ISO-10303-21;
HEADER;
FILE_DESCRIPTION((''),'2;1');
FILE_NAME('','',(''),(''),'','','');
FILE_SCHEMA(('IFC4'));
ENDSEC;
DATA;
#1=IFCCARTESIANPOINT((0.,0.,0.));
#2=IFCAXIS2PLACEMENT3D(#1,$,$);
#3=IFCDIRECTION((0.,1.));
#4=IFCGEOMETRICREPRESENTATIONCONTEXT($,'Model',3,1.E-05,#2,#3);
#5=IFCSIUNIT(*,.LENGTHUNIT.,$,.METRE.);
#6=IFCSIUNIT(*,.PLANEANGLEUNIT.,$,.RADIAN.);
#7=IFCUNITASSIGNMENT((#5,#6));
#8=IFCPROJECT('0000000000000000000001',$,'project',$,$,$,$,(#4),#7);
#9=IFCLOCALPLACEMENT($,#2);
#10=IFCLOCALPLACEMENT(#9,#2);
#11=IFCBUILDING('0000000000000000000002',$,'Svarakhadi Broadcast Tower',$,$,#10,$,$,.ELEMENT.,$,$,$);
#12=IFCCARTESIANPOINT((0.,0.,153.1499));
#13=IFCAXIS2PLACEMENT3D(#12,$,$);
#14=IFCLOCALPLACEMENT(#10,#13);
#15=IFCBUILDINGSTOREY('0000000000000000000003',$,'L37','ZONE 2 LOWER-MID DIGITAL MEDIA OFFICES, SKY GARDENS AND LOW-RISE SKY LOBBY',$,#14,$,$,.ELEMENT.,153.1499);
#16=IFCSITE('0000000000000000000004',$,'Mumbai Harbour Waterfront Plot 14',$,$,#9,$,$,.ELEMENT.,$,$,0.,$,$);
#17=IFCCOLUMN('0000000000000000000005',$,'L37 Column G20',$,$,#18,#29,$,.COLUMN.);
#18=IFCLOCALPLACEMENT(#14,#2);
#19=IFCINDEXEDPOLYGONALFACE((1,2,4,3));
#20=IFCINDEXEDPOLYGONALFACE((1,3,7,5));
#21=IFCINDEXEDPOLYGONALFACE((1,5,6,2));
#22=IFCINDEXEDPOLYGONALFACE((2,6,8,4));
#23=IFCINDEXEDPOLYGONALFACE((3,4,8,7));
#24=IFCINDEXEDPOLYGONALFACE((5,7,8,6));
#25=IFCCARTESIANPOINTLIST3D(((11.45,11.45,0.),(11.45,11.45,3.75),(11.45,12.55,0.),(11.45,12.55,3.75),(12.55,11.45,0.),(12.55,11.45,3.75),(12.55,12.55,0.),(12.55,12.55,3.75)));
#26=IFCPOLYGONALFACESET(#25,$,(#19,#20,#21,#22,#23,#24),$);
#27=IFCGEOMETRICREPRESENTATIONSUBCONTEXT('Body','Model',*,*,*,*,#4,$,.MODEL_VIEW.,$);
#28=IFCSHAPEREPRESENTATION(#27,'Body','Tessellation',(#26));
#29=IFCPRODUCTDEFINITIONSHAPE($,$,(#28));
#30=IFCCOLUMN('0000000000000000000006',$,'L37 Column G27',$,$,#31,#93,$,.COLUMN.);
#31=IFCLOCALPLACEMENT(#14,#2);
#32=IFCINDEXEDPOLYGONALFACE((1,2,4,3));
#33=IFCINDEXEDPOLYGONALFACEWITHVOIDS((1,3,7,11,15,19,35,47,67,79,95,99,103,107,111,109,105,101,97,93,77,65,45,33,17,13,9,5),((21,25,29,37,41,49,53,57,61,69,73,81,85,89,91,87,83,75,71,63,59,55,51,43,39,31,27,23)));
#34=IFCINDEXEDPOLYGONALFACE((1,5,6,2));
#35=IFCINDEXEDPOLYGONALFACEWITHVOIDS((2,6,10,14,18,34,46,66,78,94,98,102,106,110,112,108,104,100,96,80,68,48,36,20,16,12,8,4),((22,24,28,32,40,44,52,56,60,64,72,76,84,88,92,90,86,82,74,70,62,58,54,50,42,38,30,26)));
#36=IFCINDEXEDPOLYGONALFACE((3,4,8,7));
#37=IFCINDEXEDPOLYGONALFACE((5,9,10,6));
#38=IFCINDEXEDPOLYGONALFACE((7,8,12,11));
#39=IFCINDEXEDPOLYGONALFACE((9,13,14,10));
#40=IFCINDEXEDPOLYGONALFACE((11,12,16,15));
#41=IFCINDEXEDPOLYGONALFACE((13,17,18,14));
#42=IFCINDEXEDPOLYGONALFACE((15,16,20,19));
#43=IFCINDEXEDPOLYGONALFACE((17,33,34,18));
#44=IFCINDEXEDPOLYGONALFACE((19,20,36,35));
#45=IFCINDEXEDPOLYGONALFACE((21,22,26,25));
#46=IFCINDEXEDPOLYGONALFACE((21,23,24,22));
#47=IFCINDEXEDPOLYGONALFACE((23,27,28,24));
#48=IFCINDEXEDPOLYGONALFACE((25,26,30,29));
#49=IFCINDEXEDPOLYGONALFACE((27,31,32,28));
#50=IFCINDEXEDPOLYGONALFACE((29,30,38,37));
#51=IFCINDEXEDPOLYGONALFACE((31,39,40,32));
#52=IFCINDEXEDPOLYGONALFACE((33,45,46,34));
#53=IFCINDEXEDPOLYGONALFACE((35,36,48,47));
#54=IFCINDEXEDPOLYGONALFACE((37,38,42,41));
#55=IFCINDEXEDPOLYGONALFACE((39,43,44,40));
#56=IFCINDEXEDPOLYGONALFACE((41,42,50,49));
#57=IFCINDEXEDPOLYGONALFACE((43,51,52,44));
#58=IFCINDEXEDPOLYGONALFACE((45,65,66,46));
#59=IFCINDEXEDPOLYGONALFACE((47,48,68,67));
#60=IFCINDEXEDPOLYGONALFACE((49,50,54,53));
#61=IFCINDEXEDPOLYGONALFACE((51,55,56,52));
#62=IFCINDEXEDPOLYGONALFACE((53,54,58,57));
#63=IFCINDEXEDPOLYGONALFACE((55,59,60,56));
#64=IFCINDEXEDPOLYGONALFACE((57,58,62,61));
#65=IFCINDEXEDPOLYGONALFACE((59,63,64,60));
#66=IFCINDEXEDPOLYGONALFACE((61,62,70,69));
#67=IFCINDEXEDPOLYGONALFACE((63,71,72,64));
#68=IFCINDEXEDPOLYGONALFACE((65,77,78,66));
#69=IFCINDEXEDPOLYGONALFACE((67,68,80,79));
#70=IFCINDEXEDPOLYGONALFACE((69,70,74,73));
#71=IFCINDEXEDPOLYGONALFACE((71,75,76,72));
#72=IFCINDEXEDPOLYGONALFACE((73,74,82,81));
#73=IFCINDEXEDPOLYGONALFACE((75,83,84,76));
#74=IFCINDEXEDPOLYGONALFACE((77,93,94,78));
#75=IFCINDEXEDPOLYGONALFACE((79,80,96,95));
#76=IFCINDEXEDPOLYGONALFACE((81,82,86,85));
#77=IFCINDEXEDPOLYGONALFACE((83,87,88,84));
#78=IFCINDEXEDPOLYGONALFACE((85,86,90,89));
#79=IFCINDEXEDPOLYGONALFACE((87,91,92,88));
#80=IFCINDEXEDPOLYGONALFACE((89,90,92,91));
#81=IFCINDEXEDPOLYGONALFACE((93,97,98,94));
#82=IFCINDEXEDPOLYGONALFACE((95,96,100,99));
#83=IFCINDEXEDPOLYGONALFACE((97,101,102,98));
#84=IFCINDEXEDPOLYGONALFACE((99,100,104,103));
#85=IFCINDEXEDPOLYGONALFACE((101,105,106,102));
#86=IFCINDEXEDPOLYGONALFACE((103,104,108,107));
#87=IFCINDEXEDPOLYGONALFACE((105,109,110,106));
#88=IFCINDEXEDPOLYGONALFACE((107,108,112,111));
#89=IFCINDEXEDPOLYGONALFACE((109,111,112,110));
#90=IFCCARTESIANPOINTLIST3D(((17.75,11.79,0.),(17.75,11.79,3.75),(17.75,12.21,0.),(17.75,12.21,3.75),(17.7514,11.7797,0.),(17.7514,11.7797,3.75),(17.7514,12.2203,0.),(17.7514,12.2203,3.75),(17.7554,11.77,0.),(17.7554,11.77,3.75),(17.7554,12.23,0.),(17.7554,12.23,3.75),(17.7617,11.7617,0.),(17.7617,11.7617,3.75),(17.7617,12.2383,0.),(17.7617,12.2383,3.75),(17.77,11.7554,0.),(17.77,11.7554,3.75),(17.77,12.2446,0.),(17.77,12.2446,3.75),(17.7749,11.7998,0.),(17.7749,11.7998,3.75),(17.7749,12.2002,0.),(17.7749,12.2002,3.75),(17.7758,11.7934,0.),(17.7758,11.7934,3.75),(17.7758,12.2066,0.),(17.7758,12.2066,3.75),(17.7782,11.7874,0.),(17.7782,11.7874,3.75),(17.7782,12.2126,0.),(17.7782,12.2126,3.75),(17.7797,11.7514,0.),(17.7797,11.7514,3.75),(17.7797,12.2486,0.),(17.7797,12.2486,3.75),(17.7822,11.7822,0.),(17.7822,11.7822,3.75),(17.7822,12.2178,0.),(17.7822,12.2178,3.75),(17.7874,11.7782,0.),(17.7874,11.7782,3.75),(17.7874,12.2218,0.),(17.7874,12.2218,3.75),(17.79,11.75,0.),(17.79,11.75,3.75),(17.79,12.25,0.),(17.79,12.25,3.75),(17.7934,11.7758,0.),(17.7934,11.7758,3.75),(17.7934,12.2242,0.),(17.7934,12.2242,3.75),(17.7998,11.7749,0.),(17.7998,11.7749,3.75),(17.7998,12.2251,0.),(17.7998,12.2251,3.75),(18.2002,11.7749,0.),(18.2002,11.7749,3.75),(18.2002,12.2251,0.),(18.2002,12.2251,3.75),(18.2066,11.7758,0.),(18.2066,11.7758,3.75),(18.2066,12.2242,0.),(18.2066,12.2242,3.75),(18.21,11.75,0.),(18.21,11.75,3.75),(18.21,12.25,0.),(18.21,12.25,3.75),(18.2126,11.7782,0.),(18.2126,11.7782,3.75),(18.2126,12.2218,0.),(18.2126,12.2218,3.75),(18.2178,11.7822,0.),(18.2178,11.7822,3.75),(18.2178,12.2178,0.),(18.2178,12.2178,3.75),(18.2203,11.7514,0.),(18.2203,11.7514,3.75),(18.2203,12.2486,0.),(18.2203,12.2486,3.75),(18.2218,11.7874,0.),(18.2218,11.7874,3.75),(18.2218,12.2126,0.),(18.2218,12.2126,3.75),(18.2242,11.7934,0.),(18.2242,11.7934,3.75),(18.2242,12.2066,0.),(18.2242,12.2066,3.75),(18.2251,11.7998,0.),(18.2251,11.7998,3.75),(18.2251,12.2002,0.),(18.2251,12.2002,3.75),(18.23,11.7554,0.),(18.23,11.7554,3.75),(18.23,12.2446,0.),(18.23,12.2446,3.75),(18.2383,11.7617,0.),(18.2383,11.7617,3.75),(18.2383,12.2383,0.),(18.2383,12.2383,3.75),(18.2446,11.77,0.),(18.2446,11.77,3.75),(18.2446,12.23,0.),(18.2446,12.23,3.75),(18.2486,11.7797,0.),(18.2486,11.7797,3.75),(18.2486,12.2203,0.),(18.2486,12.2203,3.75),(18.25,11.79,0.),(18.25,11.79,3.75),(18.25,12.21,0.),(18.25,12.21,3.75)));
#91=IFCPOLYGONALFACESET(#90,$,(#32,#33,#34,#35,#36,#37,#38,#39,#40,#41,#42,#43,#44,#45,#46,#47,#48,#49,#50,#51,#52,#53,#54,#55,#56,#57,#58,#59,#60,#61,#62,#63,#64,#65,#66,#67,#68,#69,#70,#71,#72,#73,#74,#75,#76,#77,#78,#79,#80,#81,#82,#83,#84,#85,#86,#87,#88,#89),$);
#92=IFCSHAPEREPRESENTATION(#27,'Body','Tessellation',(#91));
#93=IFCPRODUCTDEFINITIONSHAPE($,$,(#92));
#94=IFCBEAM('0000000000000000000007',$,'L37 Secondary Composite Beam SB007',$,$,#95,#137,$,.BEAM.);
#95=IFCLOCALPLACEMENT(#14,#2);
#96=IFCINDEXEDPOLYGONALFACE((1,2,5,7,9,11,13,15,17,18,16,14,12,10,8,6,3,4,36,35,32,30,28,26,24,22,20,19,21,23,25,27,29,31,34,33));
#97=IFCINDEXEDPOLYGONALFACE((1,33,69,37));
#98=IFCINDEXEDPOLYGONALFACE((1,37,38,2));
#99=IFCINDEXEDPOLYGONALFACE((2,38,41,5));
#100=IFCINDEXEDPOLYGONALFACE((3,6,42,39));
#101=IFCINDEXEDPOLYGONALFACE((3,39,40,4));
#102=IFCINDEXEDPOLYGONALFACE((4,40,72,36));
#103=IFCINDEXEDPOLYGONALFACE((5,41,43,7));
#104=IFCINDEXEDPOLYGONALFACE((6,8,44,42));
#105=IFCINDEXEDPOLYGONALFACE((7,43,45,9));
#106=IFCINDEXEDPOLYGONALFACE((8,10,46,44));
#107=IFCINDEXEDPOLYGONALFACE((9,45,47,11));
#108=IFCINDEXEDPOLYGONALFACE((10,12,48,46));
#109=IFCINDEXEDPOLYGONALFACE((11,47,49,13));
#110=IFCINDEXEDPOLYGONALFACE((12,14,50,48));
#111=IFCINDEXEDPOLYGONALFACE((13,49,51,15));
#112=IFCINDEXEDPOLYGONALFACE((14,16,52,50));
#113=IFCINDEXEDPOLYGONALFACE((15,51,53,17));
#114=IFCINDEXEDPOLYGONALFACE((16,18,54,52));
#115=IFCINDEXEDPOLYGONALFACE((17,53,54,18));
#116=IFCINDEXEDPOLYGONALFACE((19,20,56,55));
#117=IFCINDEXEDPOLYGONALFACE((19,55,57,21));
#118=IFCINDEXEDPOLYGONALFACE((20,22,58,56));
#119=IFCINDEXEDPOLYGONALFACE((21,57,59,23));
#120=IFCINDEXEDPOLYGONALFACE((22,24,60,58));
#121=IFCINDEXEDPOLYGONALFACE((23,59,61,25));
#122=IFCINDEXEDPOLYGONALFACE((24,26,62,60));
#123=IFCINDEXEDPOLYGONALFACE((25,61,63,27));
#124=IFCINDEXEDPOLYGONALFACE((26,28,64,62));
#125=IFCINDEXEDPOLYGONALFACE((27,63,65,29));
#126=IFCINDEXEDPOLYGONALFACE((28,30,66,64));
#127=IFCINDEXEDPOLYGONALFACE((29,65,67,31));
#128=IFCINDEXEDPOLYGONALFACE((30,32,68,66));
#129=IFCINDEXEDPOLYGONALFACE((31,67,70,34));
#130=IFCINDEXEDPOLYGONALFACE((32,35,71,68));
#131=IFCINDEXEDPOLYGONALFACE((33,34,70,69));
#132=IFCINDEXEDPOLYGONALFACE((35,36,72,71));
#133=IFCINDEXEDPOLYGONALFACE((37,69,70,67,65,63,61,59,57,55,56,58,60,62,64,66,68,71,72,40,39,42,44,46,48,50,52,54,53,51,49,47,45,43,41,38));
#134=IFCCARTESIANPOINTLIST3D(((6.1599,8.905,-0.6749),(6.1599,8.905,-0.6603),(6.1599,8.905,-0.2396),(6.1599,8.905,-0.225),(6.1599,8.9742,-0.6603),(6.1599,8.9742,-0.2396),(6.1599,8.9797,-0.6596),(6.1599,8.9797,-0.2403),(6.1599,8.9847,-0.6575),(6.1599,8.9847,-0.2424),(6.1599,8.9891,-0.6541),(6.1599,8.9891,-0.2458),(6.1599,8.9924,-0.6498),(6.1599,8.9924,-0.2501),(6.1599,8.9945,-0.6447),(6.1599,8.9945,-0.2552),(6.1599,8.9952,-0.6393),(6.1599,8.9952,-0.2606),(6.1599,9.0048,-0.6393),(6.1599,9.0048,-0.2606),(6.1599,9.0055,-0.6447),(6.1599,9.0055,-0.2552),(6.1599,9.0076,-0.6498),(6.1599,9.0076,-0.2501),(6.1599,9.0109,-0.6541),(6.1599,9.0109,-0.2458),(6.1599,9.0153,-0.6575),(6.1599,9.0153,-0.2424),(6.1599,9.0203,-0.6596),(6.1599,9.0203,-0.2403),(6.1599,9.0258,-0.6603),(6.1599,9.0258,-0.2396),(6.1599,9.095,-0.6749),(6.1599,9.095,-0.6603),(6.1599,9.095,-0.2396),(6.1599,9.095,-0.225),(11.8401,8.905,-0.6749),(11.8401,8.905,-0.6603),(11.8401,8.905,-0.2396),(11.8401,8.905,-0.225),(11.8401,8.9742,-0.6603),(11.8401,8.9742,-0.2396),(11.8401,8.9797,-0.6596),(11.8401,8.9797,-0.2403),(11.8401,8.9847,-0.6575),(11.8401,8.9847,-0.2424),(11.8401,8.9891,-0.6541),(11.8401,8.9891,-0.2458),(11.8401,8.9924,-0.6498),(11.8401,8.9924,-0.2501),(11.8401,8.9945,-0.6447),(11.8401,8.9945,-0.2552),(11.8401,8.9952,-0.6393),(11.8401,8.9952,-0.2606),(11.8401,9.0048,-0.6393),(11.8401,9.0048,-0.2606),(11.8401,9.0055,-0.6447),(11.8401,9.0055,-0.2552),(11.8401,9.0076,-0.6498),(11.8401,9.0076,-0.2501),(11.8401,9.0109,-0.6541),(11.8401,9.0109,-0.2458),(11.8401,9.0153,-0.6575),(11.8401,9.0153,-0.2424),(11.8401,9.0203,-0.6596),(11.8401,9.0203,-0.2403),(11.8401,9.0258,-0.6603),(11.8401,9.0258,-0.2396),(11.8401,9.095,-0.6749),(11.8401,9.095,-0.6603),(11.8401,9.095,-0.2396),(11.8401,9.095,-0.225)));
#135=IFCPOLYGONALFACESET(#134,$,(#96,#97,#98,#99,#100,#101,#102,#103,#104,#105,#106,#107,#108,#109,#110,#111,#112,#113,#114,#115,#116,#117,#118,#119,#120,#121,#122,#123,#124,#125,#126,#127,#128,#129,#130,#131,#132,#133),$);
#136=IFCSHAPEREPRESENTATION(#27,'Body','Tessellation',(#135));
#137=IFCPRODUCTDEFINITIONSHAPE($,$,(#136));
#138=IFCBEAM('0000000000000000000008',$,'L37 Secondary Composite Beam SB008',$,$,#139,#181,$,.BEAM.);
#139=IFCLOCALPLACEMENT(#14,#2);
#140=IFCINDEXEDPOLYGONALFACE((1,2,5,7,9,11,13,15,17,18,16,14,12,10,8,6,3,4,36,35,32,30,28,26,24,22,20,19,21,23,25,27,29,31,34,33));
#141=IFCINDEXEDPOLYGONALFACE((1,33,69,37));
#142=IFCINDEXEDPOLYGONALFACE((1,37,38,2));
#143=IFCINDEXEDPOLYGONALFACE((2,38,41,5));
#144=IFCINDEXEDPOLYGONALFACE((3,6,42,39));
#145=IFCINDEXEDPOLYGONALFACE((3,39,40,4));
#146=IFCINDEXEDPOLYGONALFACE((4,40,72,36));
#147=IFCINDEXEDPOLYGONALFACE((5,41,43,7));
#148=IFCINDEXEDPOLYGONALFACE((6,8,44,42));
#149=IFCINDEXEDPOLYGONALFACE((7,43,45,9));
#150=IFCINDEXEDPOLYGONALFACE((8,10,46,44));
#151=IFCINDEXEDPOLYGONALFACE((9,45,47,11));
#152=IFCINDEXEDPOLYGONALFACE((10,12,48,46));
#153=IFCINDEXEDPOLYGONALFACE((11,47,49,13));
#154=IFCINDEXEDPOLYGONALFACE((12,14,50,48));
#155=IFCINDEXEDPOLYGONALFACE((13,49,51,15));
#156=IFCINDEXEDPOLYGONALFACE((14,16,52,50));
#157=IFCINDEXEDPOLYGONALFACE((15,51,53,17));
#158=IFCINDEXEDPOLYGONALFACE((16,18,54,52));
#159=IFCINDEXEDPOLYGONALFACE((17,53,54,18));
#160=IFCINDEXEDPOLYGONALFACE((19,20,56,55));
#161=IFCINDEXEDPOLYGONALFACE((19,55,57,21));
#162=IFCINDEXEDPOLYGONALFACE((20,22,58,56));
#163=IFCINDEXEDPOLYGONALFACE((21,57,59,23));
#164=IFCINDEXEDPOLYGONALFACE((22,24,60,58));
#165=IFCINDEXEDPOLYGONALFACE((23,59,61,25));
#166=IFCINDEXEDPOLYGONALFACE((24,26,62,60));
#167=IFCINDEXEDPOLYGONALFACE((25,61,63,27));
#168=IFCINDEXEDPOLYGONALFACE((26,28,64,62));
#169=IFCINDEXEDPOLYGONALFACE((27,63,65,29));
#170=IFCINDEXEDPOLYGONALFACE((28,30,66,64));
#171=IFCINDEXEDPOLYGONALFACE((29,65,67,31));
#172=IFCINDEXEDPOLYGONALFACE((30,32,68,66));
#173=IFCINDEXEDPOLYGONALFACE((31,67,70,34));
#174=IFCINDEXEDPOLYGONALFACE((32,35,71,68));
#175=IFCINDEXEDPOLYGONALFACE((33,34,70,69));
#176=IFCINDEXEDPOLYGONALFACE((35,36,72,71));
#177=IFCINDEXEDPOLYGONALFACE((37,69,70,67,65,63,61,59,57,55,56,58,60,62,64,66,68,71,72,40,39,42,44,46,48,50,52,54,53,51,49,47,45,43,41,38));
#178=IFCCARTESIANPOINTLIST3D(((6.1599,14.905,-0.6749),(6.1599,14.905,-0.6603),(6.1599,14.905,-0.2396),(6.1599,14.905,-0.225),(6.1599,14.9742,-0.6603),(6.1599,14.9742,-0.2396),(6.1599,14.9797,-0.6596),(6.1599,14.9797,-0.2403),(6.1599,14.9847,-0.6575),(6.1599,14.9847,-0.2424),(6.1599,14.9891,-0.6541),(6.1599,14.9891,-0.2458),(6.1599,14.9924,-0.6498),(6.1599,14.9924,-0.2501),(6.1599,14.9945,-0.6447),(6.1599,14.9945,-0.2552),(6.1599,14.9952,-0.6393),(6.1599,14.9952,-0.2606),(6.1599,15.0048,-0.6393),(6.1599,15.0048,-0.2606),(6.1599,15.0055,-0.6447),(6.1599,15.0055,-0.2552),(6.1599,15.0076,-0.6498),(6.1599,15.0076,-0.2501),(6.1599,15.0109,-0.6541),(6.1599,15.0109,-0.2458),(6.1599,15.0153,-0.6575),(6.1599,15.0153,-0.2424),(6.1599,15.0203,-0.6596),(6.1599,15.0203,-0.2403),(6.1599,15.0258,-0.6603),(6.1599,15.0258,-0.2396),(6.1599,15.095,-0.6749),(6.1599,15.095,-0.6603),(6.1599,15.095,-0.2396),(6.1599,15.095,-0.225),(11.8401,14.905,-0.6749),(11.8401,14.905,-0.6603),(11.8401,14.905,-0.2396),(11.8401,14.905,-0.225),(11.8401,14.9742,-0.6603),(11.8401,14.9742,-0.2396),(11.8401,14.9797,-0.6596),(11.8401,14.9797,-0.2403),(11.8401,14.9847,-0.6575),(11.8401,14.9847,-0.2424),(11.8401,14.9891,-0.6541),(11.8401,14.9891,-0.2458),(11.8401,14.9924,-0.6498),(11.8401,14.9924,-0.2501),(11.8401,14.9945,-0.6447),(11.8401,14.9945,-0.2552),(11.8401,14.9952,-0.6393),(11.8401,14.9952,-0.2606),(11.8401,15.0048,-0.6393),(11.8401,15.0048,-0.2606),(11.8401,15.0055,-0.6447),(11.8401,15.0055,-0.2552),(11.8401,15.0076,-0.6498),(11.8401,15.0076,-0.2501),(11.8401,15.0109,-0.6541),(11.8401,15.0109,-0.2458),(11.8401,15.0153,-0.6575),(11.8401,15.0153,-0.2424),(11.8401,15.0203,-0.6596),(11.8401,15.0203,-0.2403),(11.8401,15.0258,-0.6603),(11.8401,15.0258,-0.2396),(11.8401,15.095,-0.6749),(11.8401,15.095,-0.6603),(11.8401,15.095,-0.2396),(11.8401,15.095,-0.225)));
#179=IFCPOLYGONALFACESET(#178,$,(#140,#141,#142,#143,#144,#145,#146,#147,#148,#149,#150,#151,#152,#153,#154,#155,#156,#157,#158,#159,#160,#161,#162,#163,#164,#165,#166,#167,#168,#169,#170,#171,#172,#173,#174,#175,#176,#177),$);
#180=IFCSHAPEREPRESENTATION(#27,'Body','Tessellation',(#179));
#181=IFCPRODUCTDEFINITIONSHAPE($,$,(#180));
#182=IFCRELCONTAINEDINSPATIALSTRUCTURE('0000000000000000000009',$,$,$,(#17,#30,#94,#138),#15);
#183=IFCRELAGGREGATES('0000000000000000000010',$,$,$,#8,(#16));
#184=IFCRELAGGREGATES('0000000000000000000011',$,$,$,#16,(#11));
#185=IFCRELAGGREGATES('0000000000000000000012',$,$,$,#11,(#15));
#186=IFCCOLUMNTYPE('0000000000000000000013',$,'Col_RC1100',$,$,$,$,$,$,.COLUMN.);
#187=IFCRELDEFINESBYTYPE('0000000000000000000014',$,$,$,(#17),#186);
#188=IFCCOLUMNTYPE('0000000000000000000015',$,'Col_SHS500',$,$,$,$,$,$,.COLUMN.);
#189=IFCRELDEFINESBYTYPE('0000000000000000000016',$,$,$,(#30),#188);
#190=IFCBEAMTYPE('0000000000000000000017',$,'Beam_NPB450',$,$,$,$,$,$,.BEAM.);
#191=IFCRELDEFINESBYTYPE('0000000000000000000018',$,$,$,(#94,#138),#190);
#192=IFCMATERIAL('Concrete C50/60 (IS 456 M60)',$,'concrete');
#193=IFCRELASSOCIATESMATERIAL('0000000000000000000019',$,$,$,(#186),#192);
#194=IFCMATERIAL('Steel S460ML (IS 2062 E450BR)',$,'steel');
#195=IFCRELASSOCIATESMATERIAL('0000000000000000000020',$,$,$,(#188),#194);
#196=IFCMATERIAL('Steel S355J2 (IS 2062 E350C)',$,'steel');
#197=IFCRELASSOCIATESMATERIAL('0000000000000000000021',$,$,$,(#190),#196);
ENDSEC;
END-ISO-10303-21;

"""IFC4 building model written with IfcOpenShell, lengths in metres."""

from ifc_helpers import new_model, si_unit, direction, frame, origin, origin_2d, place, context, subcontext, project, spatial, rectangle, hollow_rectangle, i_section, extrude, material, material_profile, profile_set, type_object, element, save


model = new_model("IFC4")

# Units and contexts
model_context = context("Model", 3, precision=1e-05, world=origin(), true_north=direction((0.0, 1.0)))
body_context = subcontext(model_context, "Body", "Model", "MODEL_VIEW")
ifc_project = project(units=[si_unit("LENGTHUNIT", "METRE"), si_unit("PLANEANGLEUNIT", "RADIAN")], contexts=[model_context])

# Site, building, storey
site_placement = place(None, origin())
site = spatial("IfcSite", under=ifc_project, at=site_placement, Name="Mumbai Harbour Waterfront Plot 14", CompositionType="ELEMENT", RefElevation=0.0)
building_placement = place(site_placement, origin())
building = spatial("IfcBuilding", under=site, at=building_placement, Name="Svarakhadi Broadcast Tower", CompositionType="ELEMENT")
storey_placement = place(building_placement, frame((0.0, 0.0, 153.1499)))
storey = spatial("IfcBuildingStorey", under=building, at=storey_placement, Name="L37", Description="ZONE 2 LOWER-MID DIGITAL MEDIA OFFICES, SKY GARDENS AND LOW-RISE SKY LOBBY", CompositionType="ELEMENT", Elevation=153.1499)

# Columns
ifc_material_1 = material(Name="Concrete C50/60 (IS 456 M60)", Category="concrete")
ifc_material_profile_1 = material_profile(ifc_material_1, rectangle(XDim=1.1001, YDim=1.1001, at=origin_2d()), Name="RC 1100x1100")
ifc_profile_set_1 = profile_set([ifc_material_profile_1], Name="Concrete C50/60 (IS 456 M60)")
column_type_1 = type_object("IfcColumnType", Name="Col_RC1100", PredefinedType="COLUMN", material=ifc_profile_set_1)
column_1_placement = place(storey_placement, frame((12.0, 12.0, 0.0), z_axis=(0.0, 0.0, 1.0), x_axis=(1.0, 0.0, 0.0)))
element("IfcColumn", 1, at=column_1_placement, inside=storey, type_object=column_type_1, Name="L37 Column G20", PredefinedType="COLUMN", context=body_context, shape_type="SweptSolid", body=[
    extrude(rectangle(XDim=1.1001, YDim=1.1001, at=origin_2d()), origin(), (0.0, 0.0, 1.0), 3.75),
])
ifc_material_2 = material(Name="Steel S460ML (IS 2062 E450BR)", Category="steel")
ifc_material_profile_2 = material_profile(ifc_material_2, hollow_rectangle(XDim=0.5, YDim=0.5, WallThickness=0.0249, InnerFilletRadius=0.0249, OuterFilletRadius=0.04, at=origin_2d()), Name="SHS 500x500x25")
ifc_profile_set_2 = profile_set([ifc_material_profile_2], Name="Steel S460ML (IS 2062 E450BR)")
column_type_2 = type_object("IfcColumnType", Name="Col_SHS500", PredefinedType="COLUMN", material=ifc_profile_set_2)
column_2_placement = place(storey_placement, frame((18.0, 12.0, 0.0), z_axis=(0.0, 0.0, 1.0), x_axis=(1.0, 0.0, 0.0)))
element("IfcColumn", 2, at=column_2_placement, inside=storey, type_object=column_type_2, Name="L37 Column G27", PredefinedType="COLUMN", context=body_context, shape_type="SweptSolid", body=[
    extrude(hollow_rectangle(XDim=0.5, YDim=0.5, WallThickness=0.0249, InnerFilletRadius=0.0249, OuterFilletRadius=0.04, at=origin_2d()), origin(), (0.0, 0.0, 1.0), 3.75),
])

# Beams
ifc_material_3 = material(Name="Steel S355J2 (IS 2062 E350C)", Category="steel")
ifc_material_profile_3 = material_profile(ifc_material_3, i_section(OverallWidth=0.1899, OverallDepth=0.45, WebThickness=0.0095, FlangeThickness=0.0146, FilletRadius=0.021, at=origin_2d()), Name="NPB 450x190x78")
ifc_profile_set_3 = profile_set([ifc_material_profile_3], Name="Steel S355J2 (IS 2062 E350C)")
beam_type_1 = type_object("IfcBeamType", Name="Beam_NPB450", PredefinedType="BEAM", material=ifc_profile_set_3)
for number, where, z_axis, x_axis, name in (
    (3, (6.1599, 9.0, -0.45), (1.0, 0.0, 0.0), (0.0, 1.0, 0.0), "L37 Secondary Composite Beam SB007"),
    (4, (6.1599, 15.0, -0.45), (1.0, 0.0, 0.0), (0.0, 1.0, 0.0), "L37 Secondary Composite Beam SB008"),
):
    element("IfcBeam", number, at=place(storey_placement, frame(where, z_axis=z_axis, x_axis=x_axis)), inside=storey, type_object=beam_type_1, Name=name, PredefinedType="BEAM", context=body_context, shape_type="SweptSolid", body=[
        extrude(i_section(OverallWidth=0.1899, OverallDepth=0.45, WebThickness=0.0095, FlangeThickness=0.0146, FilletRadius=0.021, at=origin_2d()), origin(), (0.0, 0.0, 1.0), 5.6802),
    ])

save(model, "model.ifc")
